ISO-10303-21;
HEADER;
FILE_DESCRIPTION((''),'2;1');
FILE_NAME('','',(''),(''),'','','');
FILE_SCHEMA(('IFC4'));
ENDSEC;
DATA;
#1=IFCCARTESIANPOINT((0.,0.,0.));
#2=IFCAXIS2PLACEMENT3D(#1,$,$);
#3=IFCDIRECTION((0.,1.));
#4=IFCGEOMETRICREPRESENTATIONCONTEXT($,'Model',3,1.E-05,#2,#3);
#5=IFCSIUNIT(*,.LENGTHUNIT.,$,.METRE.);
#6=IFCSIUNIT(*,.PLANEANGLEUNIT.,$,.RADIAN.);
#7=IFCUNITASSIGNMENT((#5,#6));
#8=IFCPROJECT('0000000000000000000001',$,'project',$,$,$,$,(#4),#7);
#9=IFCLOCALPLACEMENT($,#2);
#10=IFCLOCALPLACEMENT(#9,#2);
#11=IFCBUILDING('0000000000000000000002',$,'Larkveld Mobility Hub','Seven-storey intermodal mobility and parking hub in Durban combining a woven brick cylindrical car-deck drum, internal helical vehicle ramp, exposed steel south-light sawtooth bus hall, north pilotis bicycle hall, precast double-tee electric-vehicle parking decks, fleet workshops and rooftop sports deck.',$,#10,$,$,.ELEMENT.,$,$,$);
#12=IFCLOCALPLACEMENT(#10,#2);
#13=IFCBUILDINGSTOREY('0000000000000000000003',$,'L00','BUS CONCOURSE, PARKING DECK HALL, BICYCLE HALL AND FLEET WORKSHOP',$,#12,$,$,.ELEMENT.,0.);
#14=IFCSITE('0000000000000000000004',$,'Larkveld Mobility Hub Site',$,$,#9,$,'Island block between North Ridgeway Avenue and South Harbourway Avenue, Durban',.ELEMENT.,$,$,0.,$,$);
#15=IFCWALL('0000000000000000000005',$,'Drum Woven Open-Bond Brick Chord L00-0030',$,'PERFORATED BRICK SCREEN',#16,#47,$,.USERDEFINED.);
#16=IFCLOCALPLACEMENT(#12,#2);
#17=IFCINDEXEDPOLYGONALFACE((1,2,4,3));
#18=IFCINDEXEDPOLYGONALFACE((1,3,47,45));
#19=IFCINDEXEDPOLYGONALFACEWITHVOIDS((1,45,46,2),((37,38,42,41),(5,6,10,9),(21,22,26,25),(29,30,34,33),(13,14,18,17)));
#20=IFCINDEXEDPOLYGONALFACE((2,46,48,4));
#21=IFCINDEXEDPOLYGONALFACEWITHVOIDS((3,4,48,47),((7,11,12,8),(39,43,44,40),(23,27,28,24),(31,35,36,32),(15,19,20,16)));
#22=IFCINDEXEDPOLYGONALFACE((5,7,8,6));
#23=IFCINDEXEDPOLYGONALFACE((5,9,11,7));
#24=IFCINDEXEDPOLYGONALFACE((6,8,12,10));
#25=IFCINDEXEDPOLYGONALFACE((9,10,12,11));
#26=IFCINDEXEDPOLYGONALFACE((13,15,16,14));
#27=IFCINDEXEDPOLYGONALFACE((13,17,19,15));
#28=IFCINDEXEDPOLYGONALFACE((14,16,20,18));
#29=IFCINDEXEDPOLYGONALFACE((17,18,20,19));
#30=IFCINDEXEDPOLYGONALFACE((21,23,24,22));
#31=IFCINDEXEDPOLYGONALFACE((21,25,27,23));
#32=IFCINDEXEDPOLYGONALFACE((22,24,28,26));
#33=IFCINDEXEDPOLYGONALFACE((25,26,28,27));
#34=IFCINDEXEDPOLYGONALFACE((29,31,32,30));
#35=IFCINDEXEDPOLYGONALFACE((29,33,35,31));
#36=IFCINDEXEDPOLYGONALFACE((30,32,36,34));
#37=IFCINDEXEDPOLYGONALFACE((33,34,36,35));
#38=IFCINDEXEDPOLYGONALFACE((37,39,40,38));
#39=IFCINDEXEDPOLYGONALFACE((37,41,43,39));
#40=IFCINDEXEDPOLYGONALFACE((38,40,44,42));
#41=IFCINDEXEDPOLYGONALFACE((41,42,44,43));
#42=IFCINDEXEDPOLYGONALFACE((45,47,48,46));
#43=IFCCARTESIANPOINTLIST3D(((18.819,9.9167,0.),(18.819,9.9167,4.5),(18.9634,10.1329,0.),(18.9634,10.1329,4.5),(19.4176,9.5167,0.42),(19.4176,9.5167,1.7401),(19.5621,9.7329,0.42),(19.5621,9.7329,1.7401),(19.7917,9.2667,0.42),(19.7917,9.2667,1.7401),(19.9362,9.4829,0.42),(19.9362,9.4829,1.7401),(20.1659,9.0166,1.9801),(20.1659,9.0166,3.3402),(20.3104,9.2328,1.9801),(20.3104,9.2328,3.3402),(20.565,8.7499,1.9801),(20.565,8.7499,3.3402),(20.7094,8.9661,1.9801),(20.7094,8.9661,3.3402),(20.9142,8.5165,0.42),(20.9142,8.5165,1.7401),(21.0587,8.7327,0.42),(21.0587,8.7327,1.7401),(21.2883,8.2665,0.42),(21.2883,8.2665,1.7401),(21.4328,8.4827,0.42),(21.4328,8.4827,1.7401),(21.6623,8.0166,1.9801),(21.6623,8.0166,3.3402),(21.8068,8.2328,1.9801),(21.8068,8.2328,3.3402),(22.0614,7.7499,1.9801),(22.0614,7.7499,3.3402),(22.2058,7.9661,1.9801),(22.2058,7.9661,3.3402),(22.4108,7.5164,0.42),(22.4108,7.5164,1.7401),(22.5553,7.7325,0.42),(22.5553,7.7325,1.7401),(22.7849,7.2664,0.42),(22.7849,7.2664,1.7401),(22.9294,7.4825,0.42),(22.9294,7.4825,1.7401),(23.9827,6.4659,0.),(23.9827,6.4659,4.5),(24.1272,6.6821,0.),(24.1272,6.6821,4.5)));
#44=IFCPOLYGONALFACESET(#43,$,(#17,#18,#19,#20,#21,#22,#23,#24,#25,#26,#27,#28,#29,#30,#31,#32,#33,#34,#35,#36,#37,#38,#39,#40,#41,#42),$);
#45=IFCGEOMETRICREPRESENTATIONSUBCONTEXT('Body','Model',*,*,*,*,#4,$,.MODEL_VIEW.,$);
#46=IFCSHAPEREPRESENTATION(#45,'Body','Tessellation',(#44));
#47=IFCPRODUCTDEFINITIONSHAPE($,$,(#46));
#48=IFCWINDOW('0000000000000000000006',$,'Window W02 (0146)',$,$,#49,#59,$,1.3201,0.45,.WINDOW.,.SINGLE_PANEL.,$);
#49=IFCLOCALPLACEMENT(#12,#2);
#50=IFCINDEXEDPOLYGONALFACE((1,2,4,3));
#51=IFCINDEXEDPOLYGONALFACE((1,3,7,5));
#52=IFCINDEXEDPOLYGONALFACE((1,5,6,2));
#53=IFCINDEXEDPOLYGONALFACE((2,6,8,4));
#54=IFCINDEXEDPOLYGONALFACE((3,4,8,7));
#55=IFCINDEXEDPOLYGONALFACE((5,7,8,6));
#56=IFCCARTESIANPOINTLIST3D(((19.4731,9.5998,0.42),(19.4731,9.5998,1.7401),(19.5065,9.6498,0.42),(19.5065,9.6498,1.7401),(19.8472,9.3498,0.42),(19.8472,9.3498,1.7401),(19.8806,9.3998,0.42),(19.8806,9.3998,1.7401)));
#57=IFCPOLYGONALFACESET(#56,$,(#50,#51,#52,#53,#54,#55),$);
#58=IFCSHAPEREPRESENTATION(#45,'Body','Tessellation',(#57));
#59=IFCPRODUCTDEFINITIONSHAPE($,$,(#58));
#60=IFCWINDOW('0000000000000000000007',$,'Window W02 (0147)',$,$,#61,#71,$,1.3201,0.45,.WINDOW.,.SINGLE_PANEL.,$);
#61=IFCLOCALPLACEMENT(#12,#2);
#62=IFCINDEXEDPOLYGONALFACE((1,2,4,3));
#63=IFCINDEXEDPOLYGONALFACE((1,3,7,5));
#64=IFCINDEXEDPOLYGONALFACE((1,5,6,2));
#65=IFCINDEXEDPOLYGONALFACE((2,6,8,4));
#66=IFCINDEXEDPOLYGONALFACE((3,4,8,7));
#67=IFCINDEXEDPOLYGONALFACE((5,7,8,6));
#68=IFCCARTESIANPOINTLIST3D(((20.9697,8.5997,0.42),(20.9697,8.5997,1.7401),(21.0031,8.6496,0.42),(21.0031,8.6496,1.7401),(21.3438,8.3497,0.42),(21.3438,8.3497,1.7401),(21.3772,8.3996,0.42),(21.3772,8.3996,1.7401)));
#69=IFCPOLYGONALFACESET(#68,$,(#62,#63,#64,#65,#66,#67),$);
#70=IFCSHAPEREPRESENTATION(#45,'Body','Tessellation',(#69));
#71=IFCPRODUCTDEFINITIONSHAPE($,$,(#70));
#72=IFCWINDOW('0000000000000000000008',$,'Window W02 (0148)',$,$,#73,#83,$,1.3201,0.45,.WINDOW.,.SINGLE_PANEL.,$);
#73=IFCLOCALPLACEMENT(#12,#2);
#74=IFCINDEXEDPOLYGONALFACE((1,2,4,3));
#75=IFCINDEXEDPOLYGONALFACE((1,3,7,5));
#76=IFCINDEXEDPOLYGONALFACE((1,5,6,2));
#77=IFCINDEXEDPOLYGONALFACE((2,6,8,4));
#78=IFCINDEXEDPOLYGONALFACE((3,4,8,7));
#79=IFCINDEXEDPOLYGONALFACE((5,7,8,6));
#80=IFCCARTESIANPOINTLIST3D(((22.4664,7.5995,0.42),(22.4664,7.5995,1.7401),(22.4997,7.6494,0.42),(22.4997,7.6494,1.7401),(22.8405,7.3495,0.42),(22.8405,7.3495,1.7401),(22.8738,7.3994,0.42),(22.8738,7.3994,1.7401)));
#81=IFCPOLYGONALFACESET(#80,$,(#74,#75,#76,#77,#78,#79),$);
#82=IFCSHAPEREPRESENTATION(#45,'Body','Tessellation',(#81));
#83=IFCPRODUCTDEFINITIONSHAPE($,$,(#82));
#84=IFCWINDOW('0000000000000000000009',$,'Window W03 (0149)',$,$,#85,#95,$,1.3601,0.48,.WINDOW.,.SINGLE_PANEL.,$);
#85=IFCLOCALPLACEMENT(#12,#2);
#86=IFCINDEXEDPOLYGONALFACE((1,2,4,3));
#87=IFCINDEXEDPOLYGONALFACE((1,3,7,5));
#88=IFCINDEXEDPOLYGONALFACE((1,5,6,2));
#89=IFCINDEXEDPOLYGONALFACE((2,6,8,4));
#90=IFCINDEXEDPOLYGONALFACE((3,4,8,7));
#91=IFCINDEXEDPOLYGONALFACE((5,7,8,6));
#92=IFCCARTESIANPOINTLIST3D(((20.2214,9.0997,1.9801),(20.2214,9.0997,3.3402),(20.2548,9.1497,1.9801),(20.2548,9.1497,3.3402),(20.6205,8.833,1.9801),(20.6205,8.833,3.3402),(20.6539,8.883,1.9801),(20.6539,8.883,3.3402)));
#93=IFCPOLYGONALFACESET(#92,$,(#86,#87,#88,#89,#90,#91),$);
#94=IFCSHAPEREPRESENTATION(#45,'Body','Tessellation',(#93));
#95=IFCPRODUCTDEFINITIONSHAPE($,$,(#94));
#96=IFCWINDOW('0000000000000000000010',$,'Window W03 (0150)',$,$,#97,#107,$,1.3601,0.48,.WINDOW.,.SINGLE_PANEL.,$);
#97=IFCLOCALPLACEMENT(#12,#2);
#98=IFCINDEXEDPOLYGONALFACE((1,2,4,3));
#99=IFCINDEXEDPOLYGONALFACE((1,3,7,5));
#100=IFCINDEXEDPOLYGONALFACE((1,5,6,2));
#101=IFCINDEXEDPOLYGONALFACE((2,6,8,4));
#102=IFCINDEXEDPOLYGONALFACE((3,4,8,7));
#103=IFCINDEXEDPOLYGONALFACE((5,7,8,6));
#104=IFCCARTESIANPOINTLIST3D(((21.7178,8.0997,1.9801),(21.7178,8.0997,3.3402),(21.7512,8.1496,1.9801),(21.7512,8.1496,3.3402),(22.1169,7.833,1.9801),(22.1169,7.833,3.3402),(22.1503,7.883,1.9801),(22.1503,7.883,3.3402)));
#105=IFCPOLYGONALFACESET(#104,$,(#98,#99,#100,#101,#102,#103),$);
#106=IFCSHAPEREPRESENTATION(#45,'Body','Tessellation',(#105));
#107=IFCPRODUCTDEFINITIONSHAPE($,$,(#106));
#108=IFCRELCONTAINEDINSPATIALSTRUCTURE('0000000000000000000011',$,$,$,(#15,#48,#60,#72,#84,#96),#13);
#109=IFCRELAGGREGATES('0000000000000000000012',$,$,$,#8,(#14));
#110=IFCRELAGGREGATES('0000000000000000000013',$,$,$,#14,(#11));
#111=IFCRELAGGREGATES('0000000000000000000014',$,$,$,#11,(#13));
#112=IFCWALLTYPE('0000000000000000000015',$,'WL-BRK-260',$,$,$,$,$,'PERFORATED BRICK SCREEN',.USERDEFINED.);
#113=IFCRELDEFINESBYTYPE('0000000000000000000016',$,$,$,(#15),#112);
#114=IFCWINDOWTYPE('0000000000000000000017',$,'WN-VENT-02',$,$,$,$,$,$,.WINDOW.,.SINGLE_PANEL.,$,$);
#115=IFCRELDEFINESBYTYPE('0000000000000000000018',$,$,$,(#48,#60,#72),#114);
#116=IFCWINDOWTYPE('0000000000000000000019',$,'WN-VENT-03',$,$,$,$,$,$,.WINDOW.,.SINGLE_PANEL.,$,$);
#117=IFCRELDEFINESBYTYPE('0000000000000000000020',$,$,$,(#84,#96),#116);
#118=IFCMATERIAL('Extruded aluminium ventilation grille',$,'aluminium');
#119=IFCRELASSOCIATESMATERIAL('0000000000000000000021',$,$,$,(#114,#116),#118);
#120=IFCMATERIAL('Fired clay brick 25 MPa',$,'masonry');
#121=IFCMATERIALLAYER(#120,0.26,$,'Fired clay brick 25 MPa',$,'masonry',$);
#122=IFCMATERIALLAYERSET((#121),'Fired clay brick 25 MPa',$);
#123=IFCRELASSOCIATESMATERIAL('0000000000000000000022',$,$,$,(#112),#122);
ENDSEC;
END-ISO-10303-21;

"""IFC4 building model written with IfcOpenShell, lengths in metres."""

from ifc_helpers import new_model, si_unit, direction, frame, frame_2d, origin, place, context, subcontext, project, spatial, rectangle, extrude, material, layer, layer_set, type_object, element, fill, save


model = new_model("IFC4")

# Units and contexts
model_context = context("Model", 3, precision=1e-05, world=origin(), true_north=direction((0.0, 1.0)))
body_context = subcontext(model_context, "Body", "Model", "MODEL_VIEW")
ifc_project = project(units=[si_unit("LENGTHUNIT", "METRE"), si_unit("PLANEANGLEUNIT", "RADIAN")], contexts=[model_context])

# Site, building, storey
site_placement = place(None, origin())
site = spatial("IfcSite", under=ifc_project, at=site_placement, Name="Larkveld Mobility Hub Site", LongName="Island block between North Ridgeway Avenue and South Harbourway Avenue, Durban", CompositionType="ELEMENT", RefElevation=0.0)
building_placement = place(site_placement, origin())
building = spatial("IfcBuilding", under=site, at=building_placement, Name="Larkveld Mobility Hub", Description="Seven-storey intermodal mobility and parking hub in Durban combining a woven brick cylindrical car-deck drum, internal helical vehicle ramp, exposed steel south-light sawtooth bus hall, north pilotis bicycle hall, precast double-tee electric-vehicle parking decks, fleet workshops and rooftop sports deck.", CompositionType="ELEMENT")
storey_placement = place(building_placement, origin())
storey = spatial("IfcBuildingStorey", under=building, at=storey_placement, Name="L00", Description="BUS CONCOURSE, PARKING DECK HALL, BICYCLE HALL AND FLEET WORKSHOP", CompositionType="ELEMENT", Elevation=0.0)

# Wall, openings, windows
ifc_material_1 = material(Name="Fired clay brick 25 MPa", Category="masonry")
ifc_material_2 = material(Name="Extruded aluminium ventilation grille", Category="aluminium")
window_type_1 = type_object("IfcWindowType", Name="WN-VENT-02", PartitioningType="SINGLE_PANEL", PredefinedType="WINDOW", material=ifc_material_2)
ifc_layer_1 = layer(ifc_material_1, 0.26, Name="Fired clay brick 25 MPa", Category="masonry")
ifc_layer_set_1 = layer_set([ifc_layer_1], Name="Fired clay brick 25 MPa")
wall_type_1 = type_object("IfcWallType", Name="WL-BRK-260", ElementType="PERFORATED BRICK SCREEN", PredefinedType="USERDEFINED", material=ifc_layer_set_1)
wall_1_placement = place(storey_placement, frame((18.8911, 10.0249, 0.0), z_axis=(0.0, 0.0, 1.0), x_axis=(0.831427, -0.555634, 0.0)))
wall_1 = element("IfcWall", 1, at=wall_1_placement, inside=storey, type_object=wall_type_1, Name="Drum Woven Open-Bond Brick Chord L00-0030", ObjectType="PERFORATED BRICK SCREEN", PredefinedType="USERDEFINED", context=body_context, shape_type="SweptSolid", body=[
    extrude(rectangle(XDim=6.2107, YDim=0.26, at=frame_2d((3.1055, 0.0))), origin(), (0.0, 0.0, 1.0), 4.5),
])
opening_1_placement = place(wall_1_placement, frame((0.72, 0.0, 0.4199)))
opening_1 = element("IfcOpeningElement", 2, at=opening_1_placement, cuts=wall_1, PredefinedType="OPENING", context=body_context, shape_type="SweptSolid", body=[
    extrude(rectangle(XDim=0.45, YDim=1.3201, at=frame_2d((0.2251, 0.6602))), frame((0.0, 0.1401, 0.0), z_axis=(0.0, -1.0, 0.0), x_axis=(1.0, 0.0, 0.0)), (0.0, 0.0, 1.0), 0.28),
])
opening_2_placement = place(wall_1_placement, frame((2.52, 0.0, 0.4199)))
opening_2 = element("IfcOpeningElement", 3, at=opening_2_placement, cuts=wall_1, PredefinedType="OPENING", context=body_context, shape_type="SweptSolid", body=[
    extrude(rectangle(XDim=0.45, YDim=1.3201, at=frame_2d((0.2251, 0.6602))), frame((0.0, 0.1401, 0.0), z_axis=(0.0, -1.0, 0.0), x_axis=(1.0, 0.0, 0.0)), (0.0, 0.0, 1.0), 0.28),
])
opening_3_placement = place(wall_1_placement, frame((4.3201, 0.0, 0.4199)))
opening_3 = element("IfcOpeningElement", 4, at=opening_3_placement, cuts=wall_1, PredefinedType="OPENING", context=body_context, shape_type="SweptSolid", body=[
    extrude(rectangle(XDim=0.45, YDim=1.3201, at=frame_2d((0.2251, 0.6602))), frame((0.0, 0.1401, 0.0), z_axis=(0.0, -1.0, 0.0), x_axis=(1.0, 0.0, 0.0)), (0.0, 0.0, 1.0), 0.28),
])
opening_4_placement = place(wall_1_placement, frame((1.6201, 0.0, 1.98)))
opening_4 = element("IfcOpeningElement", 5, at=opening_4_placement, cuts=wall_1, PredefinedType="OPENING", context=body_context, shape_type="SweptSolid", body=[
    extrude(rectangle(XDim=0.48, YDim=1.3601, at=frame_2d((0.24, 0.6802))), frame((0.0, 0.1401, 0.0), z_axis=(0.0, -1.0, 0.0), x_axis=(1.0, 0.0, 0.0)), (0.0, 0.0, 1.0), 0.28),
])
opening_5_placement = place(wall_1_placement, frame((3.4199, 0.0, 1.98)))
opening_5 = element("IfcOpeningElement", 6, at=opening_5_placement, cuts=wall_1, PredefinedType="OPENING", context=body_context, shape_type="SweptSolid", body=[
    extrude(rectangle(XDim=0.48, YDim=1.3601, at=frame_2d((0.24, 0.6802))), frame((0.0, 0.1401, 0.0), z_axis=(0.0, -1.0, 0.0), x_axis=(1.0, 0.0, 0.0)), (0.0, 0.0, 1.0), 0.28),
])
window_1_placement = place(opening_1_placement, origin())
window_1 = element("IfcWindow", 7, at=window_1_placement, inside=storey, type_object=window_type_1, Name="Window W02 (0146)", OverallHeight=1.3201, OverallWidth=0.45, PartitioningType="SINGLE_PANEL", PredefinedType="WINDOW", context=body_context, shape_type="SweptSolid", body=[
    extrude(rectangle(XDim=0.45, YDim=1.3201, at=frame_2d((0.2251, 0.6602))), frame((0.0, 0.03, 0.0), z_axis=(0.0, -1.0, 0.0), x_axis=(1.0, 0.0, 0.0)), (0.0, 0.0, 1.0), 0.0601),
])
fill(opening_1, window_1)
window_2_placement = place(opening_2_placement, origin())
window_2 = element("IfcWindow", 8, at=window_2_placement, inside=storey, type_object=window_type_1, Name="Window W02 (0147)", OverallHeight=1.3201, OverallWidth=0.45, PartitioningType="SINGLE_PANEL", PredefinedType="WINDOW", context=body_context, shape_type="SweptSolid", body=[
    extrude(rectangle(XDim=0.45, YDim=1.3201, at=frame_2d((0.2251, 0.6602))), frame((0.0, 0.03, 0.0), z_axis=(0.0, -1.0, 0.0), x_axis=(1.0, 0.0, 0.0)), (0.0, 0.0, 1.0), 0.0601),
])
fill(opening_2, window_2)
window_3_placement = place(opening_3_placement, origin())
window_3 = element("IfcWindow", 9, at=window_3_placement, inside=storey, type_object=window_type_1, Name="Window W02 (0148)", OverallHeight=1.3201, OverallWidth=0.45, PartitioningType="SINGLE_PANEL", PredefinedType="WINDOW", context=body_context, shape_type="SweptSolid", body=[
    extrude(rectangle(XDim=0.45, YDim=1.3201, at=frame_2d((0.2251, 0.6602))), frame((0.0, 0.03, 0.0), z_axis=(0.0, -1.0, 0.0), x_axis=(1.0, 0.0, 0.0)), (0.0, 0.0, 1.0), 0.0601),
])
fill(opening_3, window_3)
window_type_2 = type_object("IfcWindowType", Name="WN-VENT-03", PartitioningType="SINGLE_PANEL", PredefinedType="WINDOW", material=ifc_material_2)
window_4_placement = place(opening_4_placement, origin())
window_4 = element("IfcWindow", 10, at=window_4_placement, inside=storey, type_object=window_type_2, Name="Window W03 (0149)", OverallHeight=1.3601, OverallWidth=0.48, PartitioningType="SINGLE_PANEL", PredefinedType="WINDOW", context=body_context, shape_type="SweptSolid", body=[
    extrude(rectangle(XDim=0.48, YDim=1.3601, at=frame_2d((0.24, 0.6802))), frame((0.0, 0.03, 0.0), z_axis=(0.0, -1.0, 0.0), x_axis=(1.0, 0.0, 0.0)), (0.0, 0.0, 1.0), 0.0601),
])
fill(opening_4, window_4)
window_5_placement = place(opening_5_placement, origin())
window_5 = element("IfcWindow", 11, at=window_5_placement, inside=storey, type_object=window_type_2, Name="Window W03 (0150)", OverallHeight=1.3601, OverallWidth=0.48, PartitioningType="SINGLE_PANEL", PredefinedType="WINDOW", context=body_context, shape_type="SweptSolid", body=[
    extrude(rectangle(XDim=0.48, YDim=1.3601, at=frame_2d((0.24, 0.6802))), frame((0.0, 0.03, 0.0), z_axis=(0.0, -1.0, 0.0), x_axis=(1.0, 0.0, 0.0)), (0.0, 0.0, 1.0), 0.0601),
])
fill(opening_5, window_5)

save(model, "model.ifc")
